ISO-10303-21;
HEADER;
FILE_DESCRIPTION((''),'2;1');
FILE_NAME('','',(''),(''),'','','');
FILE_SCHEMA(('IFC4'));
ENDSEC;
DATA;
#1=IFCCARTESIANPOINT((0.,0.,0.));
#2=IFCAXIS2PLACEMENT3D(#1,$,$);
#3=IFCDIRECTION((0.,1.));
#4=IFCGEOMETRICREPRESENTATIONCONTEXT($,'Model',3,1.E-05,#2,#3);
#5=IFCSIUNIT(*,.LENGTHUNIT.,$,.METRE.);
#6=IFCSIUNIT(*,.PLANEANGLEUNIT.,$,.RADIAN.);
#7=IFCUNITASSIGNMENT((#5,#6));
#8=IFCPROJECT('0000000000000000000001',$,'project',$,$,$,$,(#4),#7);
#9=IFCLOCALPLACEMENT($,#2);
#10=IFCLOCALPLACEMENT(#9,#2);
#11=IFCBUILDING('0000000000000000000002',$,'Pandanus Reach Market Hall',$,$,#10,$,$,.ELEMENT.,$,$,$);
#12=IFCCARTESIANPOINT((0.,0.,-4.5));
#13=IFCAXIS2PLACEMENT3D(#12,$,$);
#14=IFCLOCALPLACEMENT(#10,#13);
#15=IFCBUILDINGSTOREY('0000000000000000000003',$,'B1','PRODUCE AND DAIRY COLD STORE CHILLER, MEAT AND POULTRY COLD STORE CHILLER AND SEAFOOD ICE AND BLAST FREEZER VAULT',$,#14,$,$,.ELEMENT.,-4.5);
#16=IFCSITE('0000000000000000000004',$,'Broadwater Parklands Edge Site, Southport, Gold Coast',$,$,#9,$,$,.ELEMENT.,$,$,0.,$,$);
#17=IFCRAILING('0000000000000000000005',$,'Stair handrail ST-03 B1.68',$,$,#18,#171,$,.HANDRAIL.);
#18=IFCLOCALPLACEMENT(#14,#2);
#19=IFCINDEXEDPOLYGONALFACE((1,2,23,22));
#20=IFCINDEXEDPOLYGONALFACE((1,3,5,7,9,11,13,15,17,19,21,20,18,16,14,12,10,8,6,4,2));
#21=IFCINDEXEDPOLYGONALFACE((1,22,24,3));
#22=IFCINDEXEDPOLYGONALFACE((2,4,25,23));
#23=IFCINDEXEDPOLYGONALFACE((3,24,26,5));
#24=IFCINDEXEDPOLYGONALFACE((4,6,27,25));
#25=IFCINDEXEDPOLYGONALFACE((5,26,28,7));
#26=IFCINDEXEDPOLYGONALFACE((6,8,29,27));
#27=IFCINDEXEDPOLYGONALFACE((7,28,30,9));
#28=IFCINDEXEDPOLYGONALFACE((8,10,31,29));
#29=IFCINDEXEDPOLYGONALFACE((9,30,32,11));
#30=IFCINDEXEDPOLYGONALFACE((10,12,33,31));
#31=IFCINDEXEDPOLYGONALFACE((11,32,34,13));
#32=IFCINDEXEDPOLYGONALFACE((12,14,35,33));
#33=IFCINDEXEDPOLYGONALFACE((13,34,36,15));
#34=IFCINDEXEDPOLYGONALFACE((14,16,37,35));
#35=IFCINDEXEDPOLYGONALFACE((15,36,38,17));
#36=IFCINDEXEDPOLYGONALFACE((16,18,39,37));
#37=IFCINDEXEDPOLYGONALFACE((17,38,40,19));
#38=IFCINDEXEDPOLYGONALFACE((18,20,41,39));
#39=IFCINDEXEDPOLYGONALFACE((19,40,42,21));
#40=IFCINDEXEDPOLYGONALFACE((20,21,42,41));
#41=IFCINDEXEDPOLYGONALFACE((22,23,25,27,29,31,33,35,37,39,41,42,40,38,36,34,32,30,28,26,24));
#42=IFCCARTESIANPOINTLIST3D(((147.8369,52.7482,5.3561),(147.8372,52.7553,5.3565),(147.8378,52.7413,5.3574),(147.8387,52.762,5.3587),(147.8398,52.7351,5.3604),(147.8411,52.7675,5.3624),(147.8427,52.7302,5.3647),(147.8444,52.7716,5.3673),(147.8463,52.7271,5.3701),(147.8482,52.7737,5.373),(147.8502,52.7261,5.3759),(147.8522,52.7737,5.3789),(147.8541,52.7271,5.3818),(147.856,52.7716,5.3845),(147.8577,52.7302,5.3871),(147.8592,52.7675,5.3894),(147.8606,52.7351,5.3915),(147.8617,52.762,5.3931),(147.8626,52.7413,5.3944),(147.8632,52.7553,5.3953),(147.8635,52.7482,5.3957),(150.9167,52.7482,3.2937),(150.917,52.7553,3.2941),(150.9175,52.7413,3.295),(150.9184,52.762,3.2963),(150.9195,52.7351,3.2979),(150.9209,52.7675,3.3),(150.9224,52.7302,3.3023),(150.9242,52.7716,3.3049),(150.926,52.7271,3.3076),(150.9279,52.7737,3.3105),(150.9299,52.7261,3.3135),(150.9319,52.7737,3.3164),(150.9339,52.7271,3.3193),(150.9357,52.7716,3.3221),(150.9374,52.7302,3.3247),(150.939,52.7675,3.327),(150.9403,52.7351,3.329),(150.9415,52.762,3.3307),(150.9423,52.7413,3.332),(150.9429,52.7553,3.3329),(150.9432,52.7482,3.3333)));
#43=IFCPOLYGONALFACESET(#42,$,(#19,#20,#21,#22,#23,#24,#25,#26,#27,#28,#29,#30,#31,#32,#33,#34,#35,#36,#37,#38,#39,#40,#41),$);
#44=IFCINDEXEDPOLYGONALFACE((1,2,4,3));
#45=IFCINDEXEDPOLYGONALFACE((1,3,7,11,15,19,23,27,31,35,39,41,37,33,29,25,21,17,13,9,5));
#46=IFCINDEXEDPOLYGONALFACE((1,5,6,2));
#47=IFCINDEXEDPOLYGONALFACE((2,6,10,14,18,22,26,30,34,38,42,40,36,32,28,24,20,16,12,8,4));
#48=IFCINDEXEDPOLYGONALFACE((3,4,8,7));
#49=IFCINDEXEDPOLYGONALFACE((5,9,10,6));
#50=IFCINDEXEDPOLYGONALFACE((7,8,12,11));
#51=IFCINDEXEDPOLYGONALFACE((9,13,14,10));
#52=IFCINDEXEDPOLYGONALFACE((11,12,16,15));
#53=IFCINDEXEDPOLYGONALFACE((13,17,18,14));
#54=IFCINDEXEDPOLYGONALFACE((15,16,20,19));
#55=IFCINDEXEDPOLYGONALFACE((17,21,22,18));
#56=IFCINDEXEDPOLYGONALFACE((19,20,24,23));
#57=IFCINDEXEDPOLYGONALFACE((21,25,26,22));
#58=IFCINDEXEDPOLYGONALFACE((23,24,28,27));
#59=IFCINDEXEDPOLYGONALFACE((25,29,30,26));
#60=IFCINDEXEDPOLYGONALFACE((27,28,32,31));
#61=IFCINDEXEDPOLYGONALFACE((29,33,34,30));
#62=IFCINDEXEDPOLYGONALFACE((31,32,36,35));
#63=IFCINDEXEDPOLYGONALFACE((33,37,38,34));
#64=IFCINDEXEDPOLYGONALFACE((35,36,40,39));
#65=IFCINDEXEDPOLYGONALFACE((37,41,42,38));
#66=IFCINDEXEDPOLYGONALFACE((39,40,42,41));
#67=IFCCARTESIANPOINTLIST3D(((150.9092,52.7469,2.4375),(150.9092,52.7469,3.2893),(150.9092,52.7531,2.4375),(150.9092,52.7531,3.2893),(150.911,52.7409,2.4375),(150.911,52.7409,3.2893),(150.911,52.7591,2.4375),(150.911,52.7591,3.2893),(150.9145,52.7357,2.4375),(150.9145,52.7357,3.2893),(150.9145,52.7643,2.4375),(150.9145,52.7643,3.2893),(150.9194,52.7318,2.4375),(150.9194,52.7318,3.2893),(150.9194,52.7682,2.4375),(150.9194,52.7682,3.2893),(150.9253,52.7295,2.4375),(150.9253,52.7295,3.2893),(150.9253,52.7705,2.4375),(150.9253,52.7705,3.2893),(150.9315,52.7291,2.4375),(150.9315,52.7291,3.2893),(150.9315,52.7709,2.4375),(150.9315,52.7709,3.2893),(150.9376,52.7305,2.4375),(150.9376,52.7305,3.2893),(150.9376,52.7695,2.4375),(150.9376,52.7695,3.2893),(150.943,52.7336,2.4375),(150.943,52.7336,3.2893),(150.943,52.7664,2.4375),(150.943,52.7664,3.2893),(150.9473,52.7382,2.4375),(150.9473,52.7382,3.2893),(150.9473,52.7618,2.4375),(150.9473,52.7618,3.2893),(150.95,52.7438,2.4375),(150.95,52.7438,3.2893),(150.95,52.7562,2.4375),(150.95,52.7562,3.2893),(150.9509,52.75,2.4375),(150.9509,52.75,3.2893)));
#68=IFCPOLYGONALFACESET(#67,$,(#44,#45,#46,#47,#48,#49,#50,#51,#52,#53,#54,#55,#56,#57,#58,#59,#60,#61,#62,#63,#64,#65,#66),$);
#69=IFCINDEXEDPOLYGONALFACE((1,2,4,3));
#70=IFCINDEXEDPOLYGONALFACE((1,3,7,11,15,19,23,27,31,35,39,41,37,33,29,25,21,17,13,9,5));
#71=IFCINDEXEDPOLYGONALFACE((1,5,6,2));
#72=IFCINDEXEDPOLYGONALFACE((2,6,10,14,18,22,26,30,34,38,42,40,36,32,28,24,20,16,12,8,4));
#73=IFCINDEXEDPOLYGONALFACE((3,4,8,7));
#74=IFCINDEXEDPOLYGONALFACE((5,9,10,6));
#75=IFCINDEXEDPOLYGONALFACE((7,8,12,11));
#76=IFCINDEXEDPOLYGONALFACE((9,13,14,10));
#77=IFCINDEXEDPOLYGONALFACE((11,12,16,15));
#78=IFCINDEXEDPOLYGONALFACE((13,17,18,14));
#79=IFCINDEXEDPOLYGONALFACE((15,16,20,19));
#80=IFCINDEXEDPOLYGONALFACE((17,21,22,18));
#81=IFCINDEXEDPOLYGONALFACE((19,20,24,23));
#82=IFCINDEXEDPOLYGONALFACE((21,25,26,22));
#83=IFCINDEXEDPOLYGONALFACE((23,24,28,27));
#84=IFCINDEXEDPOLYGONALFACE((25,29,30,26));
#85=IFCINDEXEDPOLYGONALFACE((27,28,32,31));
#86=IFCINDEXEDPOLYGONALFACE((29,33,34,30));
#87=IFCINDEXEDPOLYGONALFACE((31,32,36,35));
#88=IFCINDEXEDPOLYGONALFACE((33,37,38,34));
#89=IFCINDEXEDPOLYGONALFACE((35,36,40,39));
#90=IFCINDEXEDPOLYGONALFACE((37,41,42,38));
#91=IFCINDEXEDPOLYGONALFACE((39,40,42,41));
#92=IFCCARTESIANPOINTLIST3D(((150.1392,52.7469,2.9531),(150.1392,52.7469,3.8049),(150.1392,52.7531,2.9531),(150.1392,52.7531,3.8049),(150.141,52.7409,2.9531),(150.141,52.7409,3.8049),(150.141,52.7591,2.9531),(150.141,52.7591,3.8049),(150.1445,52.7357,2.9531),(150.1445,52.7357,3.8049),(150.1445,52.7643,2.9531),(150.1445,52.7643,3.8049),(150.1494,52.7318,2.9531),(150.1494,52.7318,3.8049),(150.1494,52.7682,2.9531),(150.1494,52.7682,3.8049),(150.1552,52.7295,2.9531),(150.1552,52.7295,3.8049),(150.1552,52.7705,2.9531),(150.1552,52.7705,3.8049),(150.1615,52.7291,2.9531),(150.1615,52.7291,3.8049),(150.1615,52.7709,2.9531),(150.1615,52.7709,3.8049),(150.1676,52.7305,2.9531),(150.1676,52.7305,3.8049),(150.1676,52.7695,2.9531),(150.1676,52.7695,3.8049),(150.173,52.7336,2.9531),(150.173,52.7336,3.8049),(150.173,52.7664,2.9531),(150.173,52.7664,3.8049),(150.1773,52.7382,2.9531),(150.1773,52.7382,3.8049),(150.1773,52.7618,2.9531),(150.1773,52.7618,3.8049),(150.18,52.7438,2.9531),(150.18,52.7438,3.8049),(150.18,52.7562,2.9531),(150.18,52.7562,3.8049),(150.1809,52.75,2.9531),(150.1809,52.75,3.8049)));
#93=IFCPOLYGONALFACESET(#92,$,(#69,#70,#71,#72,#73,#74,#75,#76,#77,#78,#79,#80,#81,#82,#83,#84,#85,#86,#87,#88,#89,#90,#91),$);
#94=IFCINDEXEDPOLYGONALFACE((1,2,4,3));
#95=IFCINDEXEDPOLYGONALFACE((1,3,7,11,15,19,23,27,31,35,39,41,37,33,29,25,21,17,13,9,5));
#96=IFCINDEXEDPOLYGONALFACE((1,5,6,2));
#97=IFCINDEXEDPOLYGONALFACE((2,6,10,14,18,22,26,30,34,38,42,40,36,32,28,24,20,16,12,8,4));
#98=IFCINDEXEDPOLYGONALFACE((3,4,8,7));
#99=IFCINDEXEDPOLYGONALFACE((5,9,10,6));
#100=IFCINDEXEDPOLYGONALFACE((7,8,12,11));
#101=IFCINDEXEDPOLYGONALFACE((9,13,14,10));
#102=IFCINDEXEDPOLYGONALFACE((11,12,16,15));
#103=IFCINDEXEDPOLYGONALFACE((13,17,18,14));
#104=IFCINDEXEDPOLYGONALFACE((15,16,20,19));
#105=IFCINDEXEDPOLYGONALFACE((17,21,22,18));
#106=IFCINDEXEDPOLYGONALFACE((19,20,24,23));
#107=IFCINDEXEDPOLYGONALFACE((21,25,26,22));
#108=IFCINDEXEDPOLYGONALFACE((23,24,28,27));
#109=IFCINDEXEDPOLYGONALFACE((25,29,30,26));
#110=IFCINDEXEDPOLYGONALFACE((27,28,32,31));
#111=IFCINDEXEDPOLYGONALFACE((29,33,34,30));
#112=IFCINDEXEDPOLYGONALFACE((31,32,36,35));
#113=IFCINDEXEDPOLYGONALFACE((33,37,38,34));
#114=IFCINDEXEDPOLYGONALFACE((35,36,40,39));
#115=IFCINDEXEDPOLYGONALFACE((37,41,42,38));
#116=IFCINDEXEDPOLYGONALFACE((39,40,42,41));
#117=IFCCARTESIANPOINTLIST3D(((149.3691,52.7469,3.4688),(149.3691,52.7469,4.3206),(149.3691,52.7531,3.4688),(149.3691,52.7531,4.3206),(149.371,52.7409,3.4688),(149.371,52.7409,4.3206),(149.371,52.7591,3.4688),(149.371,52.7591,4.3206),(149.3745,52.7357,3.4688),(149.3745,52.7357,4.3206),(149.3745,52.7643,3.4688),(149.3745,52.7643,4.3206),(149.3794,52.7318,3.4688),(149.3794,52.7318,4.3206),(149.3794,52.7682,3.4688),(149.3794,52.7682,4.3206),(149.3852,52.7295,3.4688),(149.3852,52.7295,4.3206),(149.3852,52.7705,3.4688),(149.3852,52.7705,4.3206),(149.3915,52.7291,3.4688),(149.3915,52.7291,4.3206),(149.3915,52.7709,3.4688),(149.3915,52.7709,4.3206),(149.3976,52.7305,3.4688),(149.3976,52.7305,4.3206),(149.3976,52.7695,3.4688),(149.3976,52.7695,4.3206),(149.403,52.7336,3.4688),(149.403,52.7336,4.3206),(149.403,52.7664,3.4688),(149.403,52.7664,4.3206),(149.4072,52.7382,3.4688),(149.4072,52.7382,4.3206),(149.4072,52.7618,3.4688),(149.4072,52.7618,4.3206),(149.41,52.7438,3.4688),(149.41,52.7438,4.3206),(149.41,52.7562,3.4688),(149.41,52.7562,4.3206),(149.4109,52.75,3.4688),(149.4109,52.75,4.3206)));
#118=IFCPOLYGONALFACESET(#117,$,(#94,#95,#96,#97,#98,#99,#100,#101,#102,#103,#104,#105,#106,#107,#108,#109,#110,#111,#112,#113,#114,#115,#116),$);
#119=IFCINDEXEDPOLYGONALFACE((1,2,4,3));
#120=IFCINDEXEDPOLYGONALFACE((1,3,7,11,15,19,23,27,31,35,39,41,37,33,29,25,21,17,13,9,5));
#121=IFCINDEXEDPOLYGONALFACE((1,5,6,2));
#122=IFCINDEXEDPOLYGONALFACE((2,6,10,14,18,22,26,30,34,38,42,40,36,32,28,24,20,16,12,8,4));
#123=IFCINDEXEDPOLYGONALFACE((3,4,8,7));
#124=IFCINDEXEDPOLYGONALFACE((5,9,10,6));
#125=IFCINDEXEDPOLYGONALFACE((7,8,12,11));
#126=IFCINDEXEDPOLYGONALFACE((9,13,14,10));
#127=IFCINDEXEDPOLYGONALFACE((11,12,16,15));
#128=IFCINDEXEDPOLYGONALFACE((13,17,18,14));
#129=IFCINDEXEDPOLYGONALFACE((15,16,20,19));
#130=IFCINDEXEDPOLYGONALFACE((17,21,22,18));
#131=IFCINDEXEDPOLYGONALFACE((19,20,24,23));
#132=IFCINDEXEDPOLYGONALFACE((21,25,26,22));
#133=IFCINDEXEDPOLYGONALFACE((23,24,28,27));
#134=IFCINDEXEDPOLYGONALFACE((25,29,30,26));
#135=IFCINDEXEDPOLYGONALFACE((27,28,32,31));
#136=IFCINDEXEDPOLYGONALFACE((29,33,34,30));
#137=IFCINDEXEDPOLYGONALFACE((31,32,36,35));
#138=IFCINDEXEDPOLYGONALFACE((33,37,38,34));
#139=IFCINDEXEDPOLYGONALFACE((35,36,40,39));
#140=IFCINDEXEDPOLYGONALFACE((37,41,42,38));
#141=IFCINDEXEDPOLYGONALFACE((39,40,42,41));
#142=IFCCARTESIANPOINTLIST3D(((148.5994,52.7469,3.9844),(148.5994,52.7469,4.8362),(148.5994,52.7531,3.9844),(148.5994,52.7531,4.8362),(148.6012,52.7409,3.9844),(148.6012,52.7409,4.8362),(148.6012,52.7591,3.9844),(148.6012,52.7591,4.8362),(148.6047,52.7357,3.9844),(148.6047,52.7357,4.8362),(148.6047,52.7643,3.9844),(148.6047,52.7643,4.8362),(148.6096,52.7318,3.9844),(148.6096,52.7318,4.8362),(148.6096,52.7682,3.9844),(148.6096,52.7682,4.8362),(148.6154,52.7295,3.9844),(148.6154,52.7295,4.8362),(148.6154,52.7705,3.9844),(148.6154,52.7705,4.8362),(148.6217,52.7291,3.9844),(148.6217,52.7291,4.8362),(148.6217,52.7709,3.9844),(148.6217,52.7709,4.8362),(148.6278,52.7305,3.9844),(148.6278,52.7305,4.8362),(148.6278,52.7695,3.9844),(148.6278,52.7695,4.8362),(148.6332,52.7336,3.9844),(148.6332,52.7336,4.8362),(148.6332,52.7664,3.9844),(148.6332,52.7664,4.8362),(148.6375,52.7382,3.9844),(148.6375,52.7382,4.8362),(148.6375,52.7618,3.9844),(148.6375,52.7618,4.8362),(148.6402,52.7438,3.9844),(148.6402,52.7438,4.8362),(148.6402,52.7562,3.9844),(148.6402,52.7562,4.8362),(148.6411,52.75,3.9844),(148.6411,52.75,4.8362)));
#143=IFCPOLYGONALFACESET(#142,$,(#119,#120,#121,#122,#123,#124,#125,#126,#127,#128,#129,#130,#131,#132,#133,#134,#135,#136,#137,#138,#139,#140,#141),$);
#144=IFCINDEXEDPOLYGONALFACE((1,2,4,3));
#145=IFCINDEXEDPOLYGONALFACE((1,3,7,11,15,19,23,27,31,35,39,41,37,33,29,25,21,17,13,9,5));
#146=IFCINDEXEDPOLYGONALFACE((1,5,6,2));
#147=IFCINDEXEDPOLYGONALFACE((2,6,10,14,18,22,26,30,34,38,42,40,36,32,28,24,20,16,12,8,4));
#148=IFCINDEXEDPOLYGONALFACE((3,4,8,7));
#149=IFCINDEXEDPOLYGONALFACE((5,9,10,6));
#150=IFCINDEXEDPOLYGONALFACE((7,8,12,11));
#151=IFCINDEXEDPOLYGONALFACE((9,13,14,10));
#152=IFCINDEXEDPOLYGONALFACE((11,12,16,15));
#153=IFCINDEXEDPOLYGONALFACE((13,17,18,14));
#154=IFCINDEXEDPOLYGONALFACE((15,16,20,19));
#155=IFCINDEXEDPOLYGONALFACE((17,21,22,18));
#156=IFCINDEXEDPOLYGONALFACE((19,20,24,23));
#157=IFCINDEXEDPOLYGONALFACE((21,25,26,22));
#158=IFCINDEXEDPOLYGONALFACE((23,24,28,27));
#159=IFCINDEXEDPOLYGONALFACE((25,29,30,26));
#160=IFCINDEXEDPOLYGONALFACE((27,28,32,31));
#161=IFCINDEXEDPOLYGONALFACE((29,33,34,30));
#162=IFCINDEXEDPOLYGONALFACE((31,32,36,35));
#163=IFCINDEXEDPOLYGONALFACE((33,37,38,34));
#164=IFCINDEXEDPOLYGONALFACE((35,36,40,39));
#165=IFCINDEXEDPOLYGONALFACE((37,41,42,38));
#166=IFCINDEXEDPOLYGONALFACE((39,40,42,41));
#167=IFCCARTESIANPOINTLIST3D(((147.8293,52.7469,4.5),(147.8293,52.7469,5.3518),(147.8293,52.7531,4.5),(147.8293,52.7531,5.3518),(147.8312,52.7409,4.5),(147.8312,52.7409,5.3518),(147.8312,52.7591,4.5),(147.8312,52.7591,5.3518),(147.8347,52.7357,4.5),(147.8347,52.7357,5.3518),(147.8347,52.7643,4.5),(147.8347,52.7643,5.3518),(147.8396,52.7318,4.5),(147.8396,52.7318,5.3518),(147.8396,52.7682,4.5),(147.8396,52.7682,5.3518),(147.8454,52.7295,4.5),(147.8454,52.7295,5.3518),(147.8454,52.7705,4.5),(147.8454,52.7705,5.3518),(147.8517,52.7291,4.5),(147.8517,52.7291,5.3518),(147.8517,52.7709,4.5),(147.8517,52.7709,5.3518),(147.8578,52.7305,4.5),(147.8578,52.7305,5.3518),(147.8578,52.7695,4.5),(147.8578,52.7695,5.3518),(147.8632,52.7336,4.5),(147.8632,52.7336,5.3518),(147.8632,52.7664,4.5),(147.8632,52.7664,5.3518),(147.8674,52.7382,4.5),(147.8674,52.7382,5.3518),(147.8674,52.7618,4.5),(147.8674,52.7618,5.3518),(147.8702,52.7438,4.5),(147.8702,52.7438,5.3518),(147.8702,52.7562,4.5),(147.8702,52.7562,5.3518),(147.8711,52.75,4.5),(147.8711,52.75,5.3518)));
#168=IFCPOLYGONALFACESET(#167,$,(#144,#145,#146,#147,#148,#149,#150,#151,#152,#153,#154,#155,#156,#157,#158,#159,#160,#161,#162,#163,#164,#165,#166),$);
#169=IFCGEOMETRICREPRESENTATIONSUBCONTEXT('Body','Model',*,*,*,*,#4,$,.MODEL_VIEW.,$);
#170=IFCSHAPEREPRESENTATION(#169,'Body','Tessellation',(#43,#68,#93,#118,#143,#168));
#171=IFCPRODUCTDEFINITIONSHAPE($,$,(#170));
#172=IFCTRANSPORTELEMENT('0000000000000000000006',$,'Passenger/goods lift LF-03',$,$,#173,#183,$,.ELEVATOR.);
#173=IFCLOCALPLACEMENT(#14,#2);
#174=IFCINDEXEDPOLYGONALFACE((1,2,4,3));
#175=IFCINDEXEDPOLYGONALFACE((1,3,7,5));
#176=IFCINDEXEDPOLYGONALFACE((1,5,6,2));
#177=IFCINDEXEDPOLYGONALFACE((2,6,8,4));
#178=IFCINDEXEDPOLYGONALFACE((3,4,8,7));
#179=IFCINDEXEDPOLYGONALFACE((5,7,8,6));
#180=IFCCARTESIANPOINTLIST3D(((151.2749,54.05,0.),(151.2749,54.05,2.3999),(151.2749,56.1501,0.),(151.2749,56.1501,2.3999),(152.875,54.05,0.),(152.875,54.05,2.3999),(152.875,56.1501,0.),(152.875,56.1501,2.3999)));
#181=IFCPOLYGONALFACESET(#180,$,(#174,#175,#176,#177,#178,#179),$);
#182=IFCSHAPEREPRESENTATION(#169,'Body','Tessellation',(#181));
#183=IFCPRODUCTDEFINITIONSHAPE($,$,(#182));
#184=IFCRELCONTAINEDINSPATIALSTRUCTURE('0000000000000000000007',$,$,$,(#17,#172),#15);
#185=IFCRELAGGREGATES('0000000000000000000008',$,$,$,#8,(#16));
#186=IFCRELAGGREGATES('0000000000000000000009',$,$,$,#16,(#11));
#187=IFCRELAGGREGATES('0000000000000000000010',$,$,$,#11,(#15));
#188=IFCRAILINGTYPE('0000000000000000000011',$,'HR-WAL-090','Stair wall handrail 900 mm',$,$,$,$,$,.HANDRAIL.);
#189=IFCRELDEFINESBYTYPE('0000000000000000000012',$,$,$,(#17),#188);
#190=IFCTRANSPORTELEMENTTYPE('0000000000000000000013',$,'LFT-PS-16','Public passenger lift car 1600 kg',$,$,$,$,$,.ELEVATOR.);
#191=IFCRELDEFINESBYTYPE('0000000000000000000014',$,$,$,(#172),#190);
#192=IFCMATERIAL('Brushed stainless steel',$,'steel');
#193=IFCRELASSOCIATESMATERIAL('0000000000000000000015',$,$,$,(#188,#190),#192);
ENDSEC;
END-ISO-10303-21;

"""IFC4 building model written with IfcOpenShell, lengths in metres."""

from ifc_helpers import new_model, si_unit, direction, frame, origin, origin_2d, place, context, subcontext, project, spatial, rectangle, circle, extrude, material, type_object, element, save


model = new_model("IFC4")

# Units and contexts
model_context = context("Model", 3, precision=1e-05, world=origin(), true_north=direction((0.0, 1.0)))
body_context = subcontext(model_context, "Body", "Model", "MODEL_VIEW")
ifc_project = project(units=[si_unit("LENGTHUNIT", "METRE"), si_unit("PLANEANGLEUNIT", "RADIAN")], contexts=[model_context])

# Site, building, storey
site_placement = place(None, origin())
site = spatial("IfcSite", under=ifc_project, at=site_placement, Name="Broadwater Parklands Edge Site, Southport, Gold Coast", CompositionType="ELEMENT", RefElevation=0.0)
building_placement = place(site_placement, origin())
building = spatial("IfcBuilding", under=site, at=building_placement, Name="Pandanus Reach Market Hall", CompositionType="ELEMENT")
storey_placement = place(building_placement, frame((0.0, 0.0, -4.5)))
storey = spatial("IfcBuildingStorey", under=building, at=storey_placement, Name="B1", Description="PRODUCE AND DAIRY COLD STORE CHILLER, MEAT AND POULTRY COLD STORE CHILLER AND SEAFOOD ICE AND BLAST FREEZER VAULT", CompositionType="ELEMENT", Elevation=-4.5)

# Railing
ifc_material_1 = material(Name="Brushed stainless steel", Category="steel")
railing_type_1 = type_object("IfcRailingType", Name="HR-WAL-090", Description="Stair wall handrail 900 mm", PredefinedType="HANDRAIL", material=ifc_material_1)
railing_1_placement = place(storey_placement, frame((150.9299, 52.75, 2.4375)))
element("IfcRailing", 1, at=railing_1_placement, inside=storey, type_object=railing_type_1, Name="Stair handrail ST-03 B1.68", PredefinedType="HANDRAIL", context=body_context, shape_type="SweptSolid", body=[
    extrude(circle(Radius=0.0239, at=origin_2d()), frame((0.0, 0.0, 0.876), z_axis=(-0.830893, 0.0, 0.556432), x_axis=(0.0, -1.0, 0.0)), (0.0, 0.0, 1.0), 3.7065),
    extrude(circle(Radius=0.021, at=origin_2d()), origin(), (0.0, 0.0, 1.0), 0.8518),
    extrude(circle(Radius=0.021, at=origin_2d()), frame((-0.77, 0.0, 0.5156)), (0.0, 0.0, 1.0), 0.8518),
    extrude(circle(Radius=0.021, at=origin_2d()), frame((-1.54, 0.0, 1.0312)), (0.0, 0.0, 1.0), 0.8518),
    extrude(circle(Radius=0.021, at=origin_2d()), frame((-2.3098, 0.0, 1.5469)), (0.0, 0.0, 1.0), 0.8518),
    extrude(circle(Radius=0.021, at=origin_2d()), frame((-3.0798, 0.0, 2.0625)), (0.0, 0.0, 1.0), 0.8518),
])

# Transport element
transport_element_type = type_object("IfcTransportElementType", Name="LFT-PS-16", Description="Public passenger lift car 1600 kg", PredefinedType="ELEVATOR", material=ifc_material_1)
transport_element_placement = place(storey_placement, frame((152.075, 55.1001, 0.0), z_axis=(0.0, 0.0, 1.0), x_axis=(1.0, 0.0, 0.0)))
element("IfcTransportElement", 2, at=transport_element_placement, inside=storey, type_object=transport_element_type, Name="Passenger/goods lift LF-03", PredefinedType="ELEVATOR", context=body_context, shape_type="SweptSolid", body=[
    extrude(rectangle(XDim=1.6001, YDim=2.1001, at=origin_2d()), origin(), (0.0, 0.0, 1.0), 2.3999),
])

save(model, "model.ifc")
